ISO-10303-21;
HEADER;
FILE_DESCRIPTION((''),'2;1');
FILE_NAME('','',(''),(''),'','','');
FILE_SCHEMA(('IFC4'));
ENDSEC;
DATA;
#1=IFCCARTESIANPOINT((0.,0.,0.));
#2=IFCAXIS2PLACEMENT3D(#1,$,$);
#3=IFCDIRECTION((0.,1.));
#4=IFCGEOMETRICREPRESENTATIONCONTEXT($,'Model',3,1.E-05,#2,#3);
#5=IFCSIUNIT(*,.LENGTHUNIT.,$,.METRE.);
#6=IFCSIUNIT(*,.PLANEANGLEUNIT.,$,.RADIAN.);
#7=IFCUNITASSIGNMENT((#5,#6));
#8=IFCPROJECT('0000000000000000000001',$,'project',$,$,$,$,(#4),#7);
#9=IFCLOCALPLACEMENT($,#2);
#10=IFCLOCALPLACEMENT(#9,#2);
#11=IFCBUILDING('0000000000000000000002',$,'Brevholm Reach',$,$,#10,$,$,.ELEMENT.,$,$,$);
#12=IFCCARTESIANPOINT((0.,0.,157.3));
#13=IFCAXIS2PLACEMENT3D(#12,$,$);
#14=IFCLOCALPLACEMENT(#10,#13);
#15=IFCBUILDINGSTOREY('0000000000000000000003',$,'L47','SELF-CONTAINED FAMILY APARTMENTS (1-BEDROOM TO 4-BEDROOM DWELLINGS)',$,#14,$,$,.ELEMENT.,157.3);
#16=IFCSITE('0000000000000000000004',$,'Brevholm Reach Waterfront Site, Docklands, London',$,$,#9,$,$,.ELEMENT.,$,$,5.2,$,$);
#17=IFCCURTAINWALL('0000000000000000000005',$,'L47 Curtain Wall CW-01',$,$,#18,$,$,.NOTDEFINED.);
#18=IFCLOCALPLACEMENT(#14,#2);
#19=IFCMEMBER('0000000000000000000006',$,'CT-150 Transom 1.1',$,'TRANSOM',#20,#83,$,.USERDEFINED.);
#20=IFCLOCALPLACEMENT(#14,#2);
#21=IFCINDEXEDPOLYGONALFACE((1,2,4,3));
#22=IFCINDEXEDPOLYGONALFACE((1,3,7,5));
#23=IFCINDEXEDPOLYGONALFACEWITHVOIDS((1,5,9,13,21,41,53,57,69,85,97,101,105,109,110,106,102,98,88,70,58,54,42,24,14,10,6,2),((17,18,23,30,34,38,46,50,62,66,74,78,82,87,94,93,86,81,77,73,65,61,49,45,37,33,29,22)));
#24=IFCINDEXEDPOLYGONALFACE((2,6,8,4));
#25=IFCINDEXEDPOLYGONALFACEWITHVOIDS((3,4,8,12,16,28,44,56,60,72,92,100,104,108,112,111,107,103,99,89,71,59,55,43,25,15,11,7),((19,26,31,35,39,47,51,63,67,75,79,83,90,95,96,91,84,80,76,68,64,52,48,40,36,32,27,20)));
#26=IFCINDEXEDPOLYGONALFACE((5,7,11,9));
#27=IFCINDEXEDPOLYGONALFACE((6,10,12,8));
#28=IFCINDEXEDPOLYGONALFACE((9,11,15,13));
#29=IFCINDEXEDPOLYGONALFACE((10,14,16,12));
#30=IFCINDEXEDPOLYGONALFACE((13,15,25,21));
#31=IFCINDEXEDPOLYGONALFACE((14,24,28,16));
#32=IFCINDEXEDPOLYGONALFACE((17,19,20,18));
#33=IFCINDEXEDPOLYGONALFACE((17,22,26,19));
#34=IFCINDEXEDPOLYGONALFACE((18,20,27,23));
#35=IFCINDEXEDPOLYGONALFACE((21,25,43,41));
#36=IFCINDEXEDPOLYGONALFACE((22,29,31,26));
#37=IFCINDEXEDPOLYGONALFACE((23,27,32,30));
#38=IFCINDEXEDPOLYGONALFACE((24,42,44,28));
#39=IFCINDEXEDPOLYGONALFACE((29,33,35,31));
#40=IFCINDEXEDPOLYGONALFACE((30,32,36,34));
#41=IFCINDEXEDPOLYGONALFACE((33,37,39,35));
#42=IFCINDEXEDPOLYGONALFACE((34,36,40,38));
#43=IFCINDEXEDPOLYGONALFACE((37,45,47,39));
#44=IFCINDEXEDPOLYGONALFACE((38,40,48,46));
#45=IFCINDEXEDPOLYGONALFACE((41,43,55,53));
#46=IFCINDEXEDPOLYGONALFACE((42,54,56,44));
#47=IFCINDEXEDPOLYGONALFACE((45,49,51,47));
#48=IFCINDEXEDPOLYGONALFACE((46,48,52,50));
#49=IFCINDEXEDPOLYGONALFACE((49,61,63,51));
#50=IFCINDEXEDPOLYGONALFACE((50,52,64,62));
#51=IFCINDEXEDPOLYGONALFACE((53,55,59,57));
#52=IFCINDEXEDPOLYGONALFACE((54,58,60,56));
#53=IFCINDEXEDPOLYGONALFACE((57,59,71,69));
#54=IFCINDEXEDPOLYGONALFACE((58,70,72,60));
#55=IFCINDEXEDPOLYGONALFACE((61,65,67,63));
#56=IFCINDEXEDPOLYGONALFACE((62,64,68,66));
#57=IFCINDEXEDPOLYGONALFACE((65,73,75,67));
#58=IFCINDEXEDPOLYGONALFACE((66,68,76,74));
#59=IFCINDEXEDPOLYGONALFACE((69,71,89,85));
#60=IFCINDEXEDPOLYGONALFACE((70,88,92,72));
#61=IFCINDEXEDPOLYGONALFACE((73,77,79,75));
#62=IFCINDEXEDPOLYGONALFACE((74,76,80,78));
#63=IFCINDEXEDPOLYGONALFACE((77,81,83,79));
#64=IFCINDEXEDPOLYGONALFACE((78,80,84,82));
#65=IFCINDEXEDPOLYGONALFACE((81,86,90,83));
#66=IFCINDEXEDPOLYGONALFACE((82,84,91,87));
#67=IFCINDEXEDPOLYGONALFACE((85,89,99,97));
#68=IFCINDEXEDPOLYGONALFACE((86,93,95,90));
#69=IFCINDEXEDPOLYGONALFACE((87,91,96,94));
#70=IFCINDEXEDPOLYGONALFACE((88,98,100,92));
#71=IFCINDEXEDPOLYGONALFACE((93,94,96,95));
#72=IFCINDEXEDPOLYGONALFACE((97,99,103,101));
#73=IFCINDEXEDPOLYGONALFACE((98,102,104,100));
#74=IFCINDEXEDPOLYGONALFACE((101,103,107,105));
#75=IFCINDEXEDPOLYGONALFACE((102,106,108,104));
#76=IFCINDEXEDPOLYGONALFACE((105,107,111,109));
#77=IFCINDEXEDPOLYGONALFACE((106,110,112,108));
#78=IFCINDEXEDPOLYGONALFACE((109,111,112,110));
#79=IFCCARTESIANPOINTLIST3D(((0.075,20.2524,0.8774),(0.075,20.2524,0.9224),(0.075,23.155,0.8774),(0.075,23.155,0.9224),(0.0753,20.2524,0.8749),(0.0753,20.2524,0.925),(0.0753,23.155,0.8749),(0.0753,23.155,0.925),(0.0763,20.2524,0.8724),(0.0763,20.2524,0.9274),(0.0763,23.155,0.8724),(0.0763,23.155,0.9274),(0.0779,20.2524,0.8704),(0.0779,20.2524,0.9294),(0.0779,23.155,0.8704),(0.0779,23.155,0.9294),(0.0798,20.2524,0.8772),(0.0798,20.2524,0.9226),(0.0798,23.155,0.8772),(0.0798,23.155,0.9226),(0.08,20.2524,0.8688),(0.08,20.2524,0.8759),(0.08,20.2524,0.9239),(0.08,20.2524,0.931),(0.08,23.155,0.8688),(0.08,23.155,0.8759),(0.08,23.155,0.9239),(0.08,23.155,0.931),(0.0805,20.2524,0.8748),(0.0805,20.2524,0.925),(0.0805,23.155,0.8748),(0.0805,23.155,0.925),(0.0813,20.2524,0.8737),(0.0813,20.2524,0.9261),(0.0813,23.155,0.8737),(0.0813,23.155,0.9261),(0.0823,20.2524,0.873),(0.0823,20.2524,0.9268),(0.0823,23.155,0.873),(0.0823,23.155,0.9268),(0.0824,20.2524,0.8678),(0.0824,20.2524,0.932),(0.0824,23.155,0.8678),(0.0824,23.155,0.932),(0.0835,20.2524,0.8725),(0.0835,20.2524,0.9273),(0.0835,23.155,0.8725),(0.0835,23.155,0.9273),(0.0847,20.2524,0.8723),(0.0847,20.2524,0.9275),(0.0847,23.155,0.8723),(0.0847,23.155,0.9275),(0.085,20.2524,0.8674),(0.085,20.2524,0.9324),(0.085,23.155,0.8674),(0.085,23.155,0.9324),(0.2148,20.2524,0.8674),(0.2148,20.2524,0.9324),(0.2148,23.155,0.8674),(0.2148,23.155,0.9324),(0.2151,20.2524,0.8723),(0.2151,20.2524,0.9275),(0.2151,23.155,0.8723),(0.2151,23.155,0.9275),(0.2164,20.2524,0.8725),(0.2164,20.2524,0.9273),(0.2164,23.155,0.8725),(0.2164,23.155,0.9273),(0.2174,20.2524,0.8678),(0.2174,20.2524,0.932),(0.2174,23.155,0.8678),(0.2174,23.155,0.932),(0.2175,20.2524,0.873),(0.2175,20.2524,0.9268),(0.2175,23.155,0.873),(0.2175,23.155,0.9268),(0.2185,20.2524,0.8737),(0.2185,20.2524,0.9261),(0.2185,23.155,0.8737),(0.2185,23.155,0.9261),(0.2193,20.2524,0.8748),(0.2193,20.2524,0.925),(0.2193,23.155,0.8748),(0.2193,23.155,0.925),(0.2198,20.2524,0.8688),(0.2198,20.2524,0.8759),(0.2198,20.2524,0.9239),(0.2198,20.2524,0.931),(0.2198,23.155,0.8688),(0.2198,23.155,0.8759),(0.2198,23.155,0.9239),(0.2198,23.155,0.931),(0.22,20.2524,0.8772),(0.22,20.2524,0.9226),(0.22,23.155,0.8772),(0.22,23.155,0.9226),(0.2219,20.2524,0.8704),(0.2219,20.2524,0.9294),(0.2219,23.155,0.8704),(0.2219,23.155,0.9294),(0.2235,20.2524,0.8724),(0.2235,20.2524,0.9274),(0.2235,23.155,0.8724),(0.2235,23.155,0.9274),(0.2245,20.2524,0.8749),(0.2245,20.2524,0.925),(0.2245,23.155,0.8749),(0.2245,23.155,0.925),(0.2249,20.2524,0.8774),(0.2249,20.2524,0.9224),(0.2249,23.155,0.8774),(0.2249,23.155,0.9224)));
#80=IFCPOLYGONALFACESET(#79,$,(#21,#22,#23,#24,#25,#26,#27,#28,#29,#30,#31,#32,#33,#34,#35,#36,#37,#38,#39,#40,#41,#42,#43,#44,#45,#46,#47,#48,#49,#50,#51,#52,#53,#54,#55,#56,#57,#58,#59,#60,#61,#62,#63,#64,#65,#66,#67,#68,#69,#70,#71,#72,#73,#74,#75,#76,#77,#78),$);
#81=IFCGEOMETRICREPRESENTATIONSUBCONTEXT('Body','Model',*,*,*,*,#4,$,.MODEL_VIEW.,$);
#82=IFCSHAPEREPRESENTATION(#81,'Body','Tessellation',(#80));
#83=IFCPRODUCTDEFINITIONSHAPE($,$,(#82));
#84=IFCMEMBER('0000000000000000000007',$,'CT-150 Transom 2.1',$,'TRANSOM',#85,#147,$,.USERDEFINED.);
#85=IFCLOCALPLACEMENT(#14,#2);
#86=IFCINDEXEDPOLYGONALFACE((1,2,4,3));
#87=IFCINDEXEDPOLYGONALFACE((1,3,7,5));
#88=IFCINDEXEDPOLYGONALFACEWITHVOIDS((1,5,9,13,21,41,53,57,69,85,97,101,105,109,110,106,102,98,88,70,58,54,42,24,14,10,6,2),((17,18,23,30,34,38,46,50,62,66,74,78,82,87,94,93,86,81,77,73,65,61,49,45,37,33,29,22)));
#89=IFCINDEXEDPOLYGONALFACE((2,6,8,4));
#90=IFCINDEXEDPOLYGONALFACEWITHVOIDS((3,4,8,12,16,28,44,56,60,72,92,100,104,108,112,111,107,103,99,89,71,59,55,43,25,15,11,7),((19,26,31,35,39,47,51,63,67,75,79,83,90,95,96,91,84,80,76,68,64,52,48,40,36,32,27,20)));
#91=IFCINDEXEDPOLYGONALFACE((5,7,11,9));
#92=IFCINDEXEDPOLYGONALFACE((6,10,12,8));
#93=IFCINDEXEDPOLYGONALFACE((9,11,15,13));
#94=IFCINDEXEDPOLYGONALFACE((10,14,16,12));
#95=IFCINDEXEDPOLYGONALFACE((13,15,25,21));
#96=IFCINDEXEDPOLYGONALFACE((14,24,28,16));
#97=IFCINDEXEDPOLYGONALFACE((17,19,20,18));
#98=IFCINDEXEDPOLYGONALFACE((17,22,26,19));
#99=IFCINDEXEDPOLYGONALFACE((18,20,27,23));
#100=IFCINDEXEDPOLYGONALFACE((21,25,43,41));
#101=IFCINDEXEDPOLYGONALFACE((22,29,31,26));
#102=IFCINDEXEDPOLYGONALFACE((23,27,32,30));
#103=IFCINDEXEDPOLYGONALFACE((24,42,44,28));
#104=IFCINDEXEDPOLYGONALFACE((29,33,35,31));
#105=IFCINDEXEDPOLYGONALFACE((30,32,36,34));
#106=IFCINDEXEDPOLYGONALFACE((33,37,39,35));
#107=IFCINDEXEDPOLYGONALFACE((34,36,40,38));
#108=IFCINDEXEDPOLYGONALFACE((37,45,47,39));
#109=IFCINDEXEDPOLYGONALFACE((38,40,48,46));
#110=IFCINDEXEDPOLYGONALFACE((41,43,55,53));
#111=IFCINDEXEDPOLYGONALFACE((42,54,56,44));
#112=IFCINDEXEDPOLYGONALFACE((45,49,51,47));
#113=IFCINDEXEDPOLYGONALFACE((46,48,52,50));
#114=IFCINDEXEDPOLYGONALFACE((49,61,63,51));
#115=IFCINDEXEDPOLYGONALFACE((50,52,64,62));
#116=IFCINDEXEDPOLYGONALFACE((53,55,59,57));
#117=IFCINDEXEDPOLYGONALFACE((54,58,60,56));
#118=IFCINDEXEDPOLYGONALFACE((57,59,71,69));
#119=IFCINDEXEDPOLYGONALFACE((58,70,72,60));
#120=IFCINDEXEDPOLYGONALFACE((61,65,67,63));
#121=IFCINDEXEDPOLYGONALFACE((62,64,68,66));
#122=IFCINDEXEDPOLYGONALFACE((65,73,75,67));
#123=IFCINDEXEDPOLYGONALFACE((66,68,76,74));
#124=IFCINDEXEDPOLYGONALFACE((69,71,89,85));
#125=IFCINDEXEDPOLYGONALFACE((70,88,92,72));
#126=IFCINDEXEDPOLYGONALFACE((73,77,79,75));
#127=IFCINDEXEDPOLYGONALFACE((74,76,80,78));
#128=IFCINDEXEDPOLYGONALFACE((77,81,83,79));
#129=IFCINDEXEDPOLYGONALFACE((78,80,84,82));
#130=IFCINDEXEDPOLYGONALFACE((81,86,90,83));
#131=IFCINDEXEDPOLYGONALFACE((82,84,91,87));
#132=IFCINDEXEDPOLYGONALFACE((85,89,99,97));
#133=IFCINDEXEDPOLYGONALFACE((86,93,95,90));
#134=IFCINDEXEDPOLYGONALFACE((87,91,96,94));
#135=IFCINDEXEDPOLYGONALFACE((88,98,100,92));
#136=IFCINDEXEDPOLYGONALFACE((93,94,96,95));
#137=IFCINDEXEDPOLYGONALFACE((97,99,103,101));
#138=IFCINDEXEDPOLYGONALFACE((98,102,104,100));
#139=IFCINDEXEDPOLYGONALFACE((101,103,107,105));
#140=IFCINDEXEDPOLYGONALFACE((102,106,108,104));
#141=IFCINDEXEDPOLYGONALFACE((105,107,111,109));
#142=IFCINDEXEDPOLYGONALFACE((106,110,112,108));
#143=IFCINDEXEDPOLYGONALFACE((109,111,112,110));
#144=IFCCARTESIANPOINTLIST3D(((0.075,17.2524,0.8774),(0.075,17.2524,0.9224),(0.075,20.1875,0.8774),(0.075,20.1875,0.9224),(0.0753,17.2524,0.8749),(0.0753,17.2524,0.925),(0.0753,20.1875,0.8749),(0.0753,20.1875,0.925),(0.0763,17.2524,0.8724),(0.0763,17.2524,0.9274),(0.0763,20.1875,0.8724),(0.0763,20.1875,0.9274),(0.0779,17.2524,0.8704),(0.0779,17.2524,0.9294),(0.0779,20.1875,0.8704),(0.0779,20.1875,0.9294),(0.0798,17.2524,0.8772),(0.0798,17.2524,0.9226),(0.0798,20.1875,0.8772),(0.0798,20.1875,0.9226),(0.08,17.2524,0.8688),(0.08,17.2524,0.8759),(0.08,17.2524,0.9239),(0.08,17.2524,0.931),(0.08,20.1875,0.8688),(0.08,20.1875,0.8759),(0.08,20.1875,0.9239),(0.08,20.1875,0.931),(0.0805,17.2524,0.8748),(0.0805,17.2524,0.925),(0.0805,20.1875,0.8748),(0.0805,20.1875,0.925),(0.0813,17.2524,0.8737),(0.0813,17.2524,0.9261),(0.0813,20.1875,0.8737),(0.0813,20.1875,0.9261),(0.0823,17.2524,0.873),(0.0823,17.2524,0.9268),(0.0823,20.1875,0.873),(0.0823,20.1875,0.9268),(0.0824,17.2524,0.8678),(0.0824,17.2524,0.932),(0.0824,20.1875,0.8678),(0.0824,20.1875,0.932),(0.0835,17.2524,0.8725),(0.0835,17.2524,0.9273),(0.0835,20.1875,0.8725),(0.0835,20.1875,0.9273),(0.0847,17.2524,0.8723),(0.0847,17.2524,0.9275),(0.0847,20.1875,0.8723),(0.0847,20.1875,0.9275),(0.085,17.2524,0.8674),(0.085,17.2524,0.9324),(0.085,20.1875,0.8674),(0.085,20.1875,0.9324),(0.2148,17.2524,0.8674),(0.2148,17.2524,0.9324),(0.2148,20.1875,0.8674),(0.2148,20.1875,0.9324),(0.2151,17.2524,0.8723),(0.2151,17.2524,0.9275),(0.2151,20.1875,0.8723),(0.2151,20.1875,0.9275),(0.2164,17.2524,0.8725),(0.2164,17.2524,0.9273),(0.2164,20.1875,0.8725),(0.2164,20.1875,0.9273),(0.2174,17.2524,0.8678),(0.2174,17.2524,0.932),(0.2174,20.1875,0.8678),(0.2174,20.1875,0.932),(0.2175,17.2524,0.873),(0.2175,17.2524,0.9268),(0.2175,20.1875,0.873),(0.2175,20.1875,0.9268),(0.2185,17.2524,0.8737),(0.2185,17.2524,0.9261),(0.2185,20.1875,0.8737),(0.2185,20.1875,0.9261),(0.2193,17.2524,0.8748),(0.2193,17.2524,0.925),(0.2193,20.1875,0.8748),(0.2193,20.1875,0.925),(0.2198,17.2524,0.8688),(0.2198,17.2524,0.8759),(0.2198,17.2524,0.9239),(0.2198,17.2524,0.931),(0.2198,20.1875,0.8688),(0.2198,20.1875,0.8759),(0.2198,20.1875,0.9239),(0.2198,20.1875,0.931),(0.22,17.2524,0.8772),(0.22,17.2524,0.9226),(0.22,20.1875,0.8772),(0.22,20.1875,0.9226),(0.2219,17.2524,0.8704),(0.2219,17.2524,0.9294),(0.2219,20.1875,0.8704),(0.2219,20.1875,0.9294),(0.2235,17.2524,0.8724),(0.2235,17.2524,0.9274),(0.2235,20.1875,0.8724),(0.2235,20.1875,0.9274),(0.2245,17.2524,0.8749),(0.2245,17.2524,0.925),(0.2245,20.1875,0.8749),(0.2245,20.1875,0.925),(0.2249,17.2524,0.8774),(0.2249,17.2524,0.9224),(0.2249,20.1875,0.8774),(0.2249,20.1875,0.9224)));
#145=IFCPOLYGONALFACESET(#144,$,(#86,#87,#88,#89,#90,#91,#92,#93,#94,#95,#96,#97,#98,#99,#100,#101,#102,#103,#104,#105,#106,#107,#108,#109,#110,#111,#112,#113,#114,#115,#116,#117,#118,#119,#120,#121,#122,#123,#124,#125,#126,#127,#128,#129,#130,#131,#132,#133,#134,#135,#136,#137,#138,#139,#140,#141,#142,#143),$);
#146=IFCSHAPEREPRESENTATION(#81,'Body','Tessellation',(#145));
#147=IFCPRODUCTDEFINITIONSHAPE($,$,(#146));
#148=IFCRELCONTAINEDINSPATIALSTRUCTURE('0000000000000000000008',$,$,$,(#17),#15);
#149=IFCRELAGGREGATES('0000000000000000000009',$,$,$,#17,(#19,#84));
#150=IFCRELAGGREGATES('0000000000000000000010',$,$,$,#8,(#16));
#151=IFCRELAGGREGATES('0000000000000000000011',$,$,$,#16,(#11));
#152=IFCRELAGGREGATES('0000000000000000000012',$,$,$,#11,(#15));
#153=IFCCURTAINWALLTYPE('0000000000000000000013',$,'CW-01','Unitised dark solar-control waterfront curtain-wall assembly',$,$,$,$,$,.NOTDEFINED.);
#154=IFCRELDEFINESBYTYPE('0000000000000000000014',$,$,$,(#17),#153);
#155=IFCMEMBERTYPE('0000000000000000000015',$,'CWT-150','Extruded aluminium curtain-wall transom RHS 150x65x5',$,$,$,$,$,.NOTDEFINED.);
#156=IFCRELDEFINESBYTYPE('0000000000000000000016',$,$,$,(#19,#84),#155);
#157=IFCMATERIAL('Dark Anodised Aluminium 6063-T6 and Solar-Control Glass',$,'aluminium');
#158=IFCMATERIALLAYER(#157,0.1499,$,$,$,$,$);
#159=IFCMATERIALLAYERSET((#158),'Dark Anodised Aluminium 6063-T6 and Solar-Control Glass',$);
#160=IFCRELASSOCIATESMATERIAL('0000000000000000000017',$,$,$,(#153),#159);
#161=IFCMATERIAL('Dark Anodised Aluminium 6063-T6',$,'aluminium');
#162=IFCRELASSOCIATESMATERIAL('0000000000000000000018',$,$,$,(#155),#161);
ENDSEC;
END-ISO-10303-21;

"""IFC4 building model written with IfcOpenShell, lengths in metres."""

from ifc_helpers import new_model, si_unit, direction, frame, origin, origin_2d, place, context, subcontext, project, spatial, hollow_rectangle, extrude, material, layer, layer_set, material_profile, profile_set, type_object, element, aggregate, save


model = new_model("IFC4")

# Units and contexts
model_context = context("Model", 3, precision=1e-05, world=origin(), true_north=direction((0.0, 1.0)))
body_context = subcontext(model_context, "Body", "Model", "MODEL_VIEW")
ifc_project = project(units=[si_unit("LENGTHUNIT", "METRE"), si_unit("PLANEANGLEUNIT", "RADIAN")], contexts=[model_context])

# Site, building, storey
site_placement = place(None, origin())
site = spatial("IfcSite", under=ifc_project, at=site_placement, Name="Brevholm Reach Waterfront Site, Docklands, London", CompositionType="ELEMENT", RefElevation=5.2)
building_placement = place(site_placement, origin())
building = spatial("IfcBuilding", under=site, at=building_placement, Name="Brevholm Reach", CompositionType="ELEMENT")
storey_placement = place(building_placement, frame((0.0, 0.0, 157.3)))
storey = spatial("IfcBuildingStorey", under=building, at=storey_placement, Name="L47", Description="SELF-CONTAINED FAMILY APARTMENTS (1-BEDROOM TO 4-BEDROOM DWELLINGS)", CompositionType="ELEMENT", Elevation=157.3)

# Curtain wall, members
ifc_material_1 = material(Name="Dark Anodised Aluminium 6063-T6 and Solar-Control Glass", Category="aluminium")
ifc_layer_1 = layer(ifc_material_1, 0.1499)
ifc_layer_set_1 = layer_set([ifc_layer_1], Name="Dark Anodised Aluminium 6063-T6 and Solar-Control Glass")
curtain_wall_type = type_object("IfcCurtainWallType", Name="CW-01", Description="Unitised dark solar-control waterfront curtain-wall assembly", PredefinedType="NOTDEFINED", material=ifc_layer_set_1)
curtain_wall_placement = place(storey_placement, origin())
curtain_wall = element("IfcCurtainWall", 1, at=curtain_wall_placement, inside=storey, type_object=curtain_wall_type, Name="L47 Curtain Wall CW-01", PredefinedType="NOTDEFINED")
ifc_material_2 = material(Name="Dark Anodised Aluminium 6063-T6", Category="aluminium")
ifc_material_profile_1 = material_profile(ifc_material_2, hollow_rectangle(XDim=0.0649, YDim=0.1499, WallThickness=0.0049, InnerFilletRadius=0.0049, OuterFilletRadius=0.01, at=origin_2d()), Name="RHS 150x65x5")
ifc_profile_set_1 = profile_set([ifc_material_profile_1], Name="Dark Anodised Aluminium 6063-T6")
member_type_1 = type_object("IfcMemberType", Name="CWT-150", Description="Extruded aluminium curtain-wall transom RHS 150x65x5", PredefinedType="NOTDEFINED", material=ifc_profile_set_1)
member_1_placement = place(storey_placement, frame((0.1499, 23.155, 0.8999), z_axis=(0.0, -1.0, 0.0), x_axis=(0.0, 0.0, 1.0)))
member_1 = element("IfcMember", 2, at=member_1_placement, type_object=member_type_1, Name="CT-150 Transom 1.1", ObjectType="TRANSOM", PredefinedType="USERDEFINED", context=body_context, shape_type="SweptSolid", body=[
    extrude(hollow_rectangle(XDim=0.0649, YDim=0.1499, WallThickness=0.0049, InnerFilletRadius=0.0049, OuterFilletRadius=0.01, at=origin_2d()), origin(), (0.0, 0.0, 1.0), 2.9026),
])
member_2_placement = place(storey_placement, frame((0.1499, 20.1875, 0.8999), z_axis=(0.0, -1.0, 0.0), x_axis=(0.0, 0.0, 1.0)))
member_2 = element("IfcMember", 3, at=member_2_placement, type_object=member_type_1, Name="CT-150 Transom 2.1", ObjectType="TRANSOM", PredefinedType="USERDEFINED", context=body_context, shape_type="SweptSolid", body=[
    extrude(hollow_rectangle(XDim=0.0649, YDim=0.1499, WallThickness=0.0049, InnerFilletRadius=0.0049, OuterFilletRadius=0.01, at=origin_2d()), origin(), (0.0, 0.0, 1.0), 2.9351),
])
aggregate(curtain_wall, [member_1, member_2])

save(model, "model.ifc")
